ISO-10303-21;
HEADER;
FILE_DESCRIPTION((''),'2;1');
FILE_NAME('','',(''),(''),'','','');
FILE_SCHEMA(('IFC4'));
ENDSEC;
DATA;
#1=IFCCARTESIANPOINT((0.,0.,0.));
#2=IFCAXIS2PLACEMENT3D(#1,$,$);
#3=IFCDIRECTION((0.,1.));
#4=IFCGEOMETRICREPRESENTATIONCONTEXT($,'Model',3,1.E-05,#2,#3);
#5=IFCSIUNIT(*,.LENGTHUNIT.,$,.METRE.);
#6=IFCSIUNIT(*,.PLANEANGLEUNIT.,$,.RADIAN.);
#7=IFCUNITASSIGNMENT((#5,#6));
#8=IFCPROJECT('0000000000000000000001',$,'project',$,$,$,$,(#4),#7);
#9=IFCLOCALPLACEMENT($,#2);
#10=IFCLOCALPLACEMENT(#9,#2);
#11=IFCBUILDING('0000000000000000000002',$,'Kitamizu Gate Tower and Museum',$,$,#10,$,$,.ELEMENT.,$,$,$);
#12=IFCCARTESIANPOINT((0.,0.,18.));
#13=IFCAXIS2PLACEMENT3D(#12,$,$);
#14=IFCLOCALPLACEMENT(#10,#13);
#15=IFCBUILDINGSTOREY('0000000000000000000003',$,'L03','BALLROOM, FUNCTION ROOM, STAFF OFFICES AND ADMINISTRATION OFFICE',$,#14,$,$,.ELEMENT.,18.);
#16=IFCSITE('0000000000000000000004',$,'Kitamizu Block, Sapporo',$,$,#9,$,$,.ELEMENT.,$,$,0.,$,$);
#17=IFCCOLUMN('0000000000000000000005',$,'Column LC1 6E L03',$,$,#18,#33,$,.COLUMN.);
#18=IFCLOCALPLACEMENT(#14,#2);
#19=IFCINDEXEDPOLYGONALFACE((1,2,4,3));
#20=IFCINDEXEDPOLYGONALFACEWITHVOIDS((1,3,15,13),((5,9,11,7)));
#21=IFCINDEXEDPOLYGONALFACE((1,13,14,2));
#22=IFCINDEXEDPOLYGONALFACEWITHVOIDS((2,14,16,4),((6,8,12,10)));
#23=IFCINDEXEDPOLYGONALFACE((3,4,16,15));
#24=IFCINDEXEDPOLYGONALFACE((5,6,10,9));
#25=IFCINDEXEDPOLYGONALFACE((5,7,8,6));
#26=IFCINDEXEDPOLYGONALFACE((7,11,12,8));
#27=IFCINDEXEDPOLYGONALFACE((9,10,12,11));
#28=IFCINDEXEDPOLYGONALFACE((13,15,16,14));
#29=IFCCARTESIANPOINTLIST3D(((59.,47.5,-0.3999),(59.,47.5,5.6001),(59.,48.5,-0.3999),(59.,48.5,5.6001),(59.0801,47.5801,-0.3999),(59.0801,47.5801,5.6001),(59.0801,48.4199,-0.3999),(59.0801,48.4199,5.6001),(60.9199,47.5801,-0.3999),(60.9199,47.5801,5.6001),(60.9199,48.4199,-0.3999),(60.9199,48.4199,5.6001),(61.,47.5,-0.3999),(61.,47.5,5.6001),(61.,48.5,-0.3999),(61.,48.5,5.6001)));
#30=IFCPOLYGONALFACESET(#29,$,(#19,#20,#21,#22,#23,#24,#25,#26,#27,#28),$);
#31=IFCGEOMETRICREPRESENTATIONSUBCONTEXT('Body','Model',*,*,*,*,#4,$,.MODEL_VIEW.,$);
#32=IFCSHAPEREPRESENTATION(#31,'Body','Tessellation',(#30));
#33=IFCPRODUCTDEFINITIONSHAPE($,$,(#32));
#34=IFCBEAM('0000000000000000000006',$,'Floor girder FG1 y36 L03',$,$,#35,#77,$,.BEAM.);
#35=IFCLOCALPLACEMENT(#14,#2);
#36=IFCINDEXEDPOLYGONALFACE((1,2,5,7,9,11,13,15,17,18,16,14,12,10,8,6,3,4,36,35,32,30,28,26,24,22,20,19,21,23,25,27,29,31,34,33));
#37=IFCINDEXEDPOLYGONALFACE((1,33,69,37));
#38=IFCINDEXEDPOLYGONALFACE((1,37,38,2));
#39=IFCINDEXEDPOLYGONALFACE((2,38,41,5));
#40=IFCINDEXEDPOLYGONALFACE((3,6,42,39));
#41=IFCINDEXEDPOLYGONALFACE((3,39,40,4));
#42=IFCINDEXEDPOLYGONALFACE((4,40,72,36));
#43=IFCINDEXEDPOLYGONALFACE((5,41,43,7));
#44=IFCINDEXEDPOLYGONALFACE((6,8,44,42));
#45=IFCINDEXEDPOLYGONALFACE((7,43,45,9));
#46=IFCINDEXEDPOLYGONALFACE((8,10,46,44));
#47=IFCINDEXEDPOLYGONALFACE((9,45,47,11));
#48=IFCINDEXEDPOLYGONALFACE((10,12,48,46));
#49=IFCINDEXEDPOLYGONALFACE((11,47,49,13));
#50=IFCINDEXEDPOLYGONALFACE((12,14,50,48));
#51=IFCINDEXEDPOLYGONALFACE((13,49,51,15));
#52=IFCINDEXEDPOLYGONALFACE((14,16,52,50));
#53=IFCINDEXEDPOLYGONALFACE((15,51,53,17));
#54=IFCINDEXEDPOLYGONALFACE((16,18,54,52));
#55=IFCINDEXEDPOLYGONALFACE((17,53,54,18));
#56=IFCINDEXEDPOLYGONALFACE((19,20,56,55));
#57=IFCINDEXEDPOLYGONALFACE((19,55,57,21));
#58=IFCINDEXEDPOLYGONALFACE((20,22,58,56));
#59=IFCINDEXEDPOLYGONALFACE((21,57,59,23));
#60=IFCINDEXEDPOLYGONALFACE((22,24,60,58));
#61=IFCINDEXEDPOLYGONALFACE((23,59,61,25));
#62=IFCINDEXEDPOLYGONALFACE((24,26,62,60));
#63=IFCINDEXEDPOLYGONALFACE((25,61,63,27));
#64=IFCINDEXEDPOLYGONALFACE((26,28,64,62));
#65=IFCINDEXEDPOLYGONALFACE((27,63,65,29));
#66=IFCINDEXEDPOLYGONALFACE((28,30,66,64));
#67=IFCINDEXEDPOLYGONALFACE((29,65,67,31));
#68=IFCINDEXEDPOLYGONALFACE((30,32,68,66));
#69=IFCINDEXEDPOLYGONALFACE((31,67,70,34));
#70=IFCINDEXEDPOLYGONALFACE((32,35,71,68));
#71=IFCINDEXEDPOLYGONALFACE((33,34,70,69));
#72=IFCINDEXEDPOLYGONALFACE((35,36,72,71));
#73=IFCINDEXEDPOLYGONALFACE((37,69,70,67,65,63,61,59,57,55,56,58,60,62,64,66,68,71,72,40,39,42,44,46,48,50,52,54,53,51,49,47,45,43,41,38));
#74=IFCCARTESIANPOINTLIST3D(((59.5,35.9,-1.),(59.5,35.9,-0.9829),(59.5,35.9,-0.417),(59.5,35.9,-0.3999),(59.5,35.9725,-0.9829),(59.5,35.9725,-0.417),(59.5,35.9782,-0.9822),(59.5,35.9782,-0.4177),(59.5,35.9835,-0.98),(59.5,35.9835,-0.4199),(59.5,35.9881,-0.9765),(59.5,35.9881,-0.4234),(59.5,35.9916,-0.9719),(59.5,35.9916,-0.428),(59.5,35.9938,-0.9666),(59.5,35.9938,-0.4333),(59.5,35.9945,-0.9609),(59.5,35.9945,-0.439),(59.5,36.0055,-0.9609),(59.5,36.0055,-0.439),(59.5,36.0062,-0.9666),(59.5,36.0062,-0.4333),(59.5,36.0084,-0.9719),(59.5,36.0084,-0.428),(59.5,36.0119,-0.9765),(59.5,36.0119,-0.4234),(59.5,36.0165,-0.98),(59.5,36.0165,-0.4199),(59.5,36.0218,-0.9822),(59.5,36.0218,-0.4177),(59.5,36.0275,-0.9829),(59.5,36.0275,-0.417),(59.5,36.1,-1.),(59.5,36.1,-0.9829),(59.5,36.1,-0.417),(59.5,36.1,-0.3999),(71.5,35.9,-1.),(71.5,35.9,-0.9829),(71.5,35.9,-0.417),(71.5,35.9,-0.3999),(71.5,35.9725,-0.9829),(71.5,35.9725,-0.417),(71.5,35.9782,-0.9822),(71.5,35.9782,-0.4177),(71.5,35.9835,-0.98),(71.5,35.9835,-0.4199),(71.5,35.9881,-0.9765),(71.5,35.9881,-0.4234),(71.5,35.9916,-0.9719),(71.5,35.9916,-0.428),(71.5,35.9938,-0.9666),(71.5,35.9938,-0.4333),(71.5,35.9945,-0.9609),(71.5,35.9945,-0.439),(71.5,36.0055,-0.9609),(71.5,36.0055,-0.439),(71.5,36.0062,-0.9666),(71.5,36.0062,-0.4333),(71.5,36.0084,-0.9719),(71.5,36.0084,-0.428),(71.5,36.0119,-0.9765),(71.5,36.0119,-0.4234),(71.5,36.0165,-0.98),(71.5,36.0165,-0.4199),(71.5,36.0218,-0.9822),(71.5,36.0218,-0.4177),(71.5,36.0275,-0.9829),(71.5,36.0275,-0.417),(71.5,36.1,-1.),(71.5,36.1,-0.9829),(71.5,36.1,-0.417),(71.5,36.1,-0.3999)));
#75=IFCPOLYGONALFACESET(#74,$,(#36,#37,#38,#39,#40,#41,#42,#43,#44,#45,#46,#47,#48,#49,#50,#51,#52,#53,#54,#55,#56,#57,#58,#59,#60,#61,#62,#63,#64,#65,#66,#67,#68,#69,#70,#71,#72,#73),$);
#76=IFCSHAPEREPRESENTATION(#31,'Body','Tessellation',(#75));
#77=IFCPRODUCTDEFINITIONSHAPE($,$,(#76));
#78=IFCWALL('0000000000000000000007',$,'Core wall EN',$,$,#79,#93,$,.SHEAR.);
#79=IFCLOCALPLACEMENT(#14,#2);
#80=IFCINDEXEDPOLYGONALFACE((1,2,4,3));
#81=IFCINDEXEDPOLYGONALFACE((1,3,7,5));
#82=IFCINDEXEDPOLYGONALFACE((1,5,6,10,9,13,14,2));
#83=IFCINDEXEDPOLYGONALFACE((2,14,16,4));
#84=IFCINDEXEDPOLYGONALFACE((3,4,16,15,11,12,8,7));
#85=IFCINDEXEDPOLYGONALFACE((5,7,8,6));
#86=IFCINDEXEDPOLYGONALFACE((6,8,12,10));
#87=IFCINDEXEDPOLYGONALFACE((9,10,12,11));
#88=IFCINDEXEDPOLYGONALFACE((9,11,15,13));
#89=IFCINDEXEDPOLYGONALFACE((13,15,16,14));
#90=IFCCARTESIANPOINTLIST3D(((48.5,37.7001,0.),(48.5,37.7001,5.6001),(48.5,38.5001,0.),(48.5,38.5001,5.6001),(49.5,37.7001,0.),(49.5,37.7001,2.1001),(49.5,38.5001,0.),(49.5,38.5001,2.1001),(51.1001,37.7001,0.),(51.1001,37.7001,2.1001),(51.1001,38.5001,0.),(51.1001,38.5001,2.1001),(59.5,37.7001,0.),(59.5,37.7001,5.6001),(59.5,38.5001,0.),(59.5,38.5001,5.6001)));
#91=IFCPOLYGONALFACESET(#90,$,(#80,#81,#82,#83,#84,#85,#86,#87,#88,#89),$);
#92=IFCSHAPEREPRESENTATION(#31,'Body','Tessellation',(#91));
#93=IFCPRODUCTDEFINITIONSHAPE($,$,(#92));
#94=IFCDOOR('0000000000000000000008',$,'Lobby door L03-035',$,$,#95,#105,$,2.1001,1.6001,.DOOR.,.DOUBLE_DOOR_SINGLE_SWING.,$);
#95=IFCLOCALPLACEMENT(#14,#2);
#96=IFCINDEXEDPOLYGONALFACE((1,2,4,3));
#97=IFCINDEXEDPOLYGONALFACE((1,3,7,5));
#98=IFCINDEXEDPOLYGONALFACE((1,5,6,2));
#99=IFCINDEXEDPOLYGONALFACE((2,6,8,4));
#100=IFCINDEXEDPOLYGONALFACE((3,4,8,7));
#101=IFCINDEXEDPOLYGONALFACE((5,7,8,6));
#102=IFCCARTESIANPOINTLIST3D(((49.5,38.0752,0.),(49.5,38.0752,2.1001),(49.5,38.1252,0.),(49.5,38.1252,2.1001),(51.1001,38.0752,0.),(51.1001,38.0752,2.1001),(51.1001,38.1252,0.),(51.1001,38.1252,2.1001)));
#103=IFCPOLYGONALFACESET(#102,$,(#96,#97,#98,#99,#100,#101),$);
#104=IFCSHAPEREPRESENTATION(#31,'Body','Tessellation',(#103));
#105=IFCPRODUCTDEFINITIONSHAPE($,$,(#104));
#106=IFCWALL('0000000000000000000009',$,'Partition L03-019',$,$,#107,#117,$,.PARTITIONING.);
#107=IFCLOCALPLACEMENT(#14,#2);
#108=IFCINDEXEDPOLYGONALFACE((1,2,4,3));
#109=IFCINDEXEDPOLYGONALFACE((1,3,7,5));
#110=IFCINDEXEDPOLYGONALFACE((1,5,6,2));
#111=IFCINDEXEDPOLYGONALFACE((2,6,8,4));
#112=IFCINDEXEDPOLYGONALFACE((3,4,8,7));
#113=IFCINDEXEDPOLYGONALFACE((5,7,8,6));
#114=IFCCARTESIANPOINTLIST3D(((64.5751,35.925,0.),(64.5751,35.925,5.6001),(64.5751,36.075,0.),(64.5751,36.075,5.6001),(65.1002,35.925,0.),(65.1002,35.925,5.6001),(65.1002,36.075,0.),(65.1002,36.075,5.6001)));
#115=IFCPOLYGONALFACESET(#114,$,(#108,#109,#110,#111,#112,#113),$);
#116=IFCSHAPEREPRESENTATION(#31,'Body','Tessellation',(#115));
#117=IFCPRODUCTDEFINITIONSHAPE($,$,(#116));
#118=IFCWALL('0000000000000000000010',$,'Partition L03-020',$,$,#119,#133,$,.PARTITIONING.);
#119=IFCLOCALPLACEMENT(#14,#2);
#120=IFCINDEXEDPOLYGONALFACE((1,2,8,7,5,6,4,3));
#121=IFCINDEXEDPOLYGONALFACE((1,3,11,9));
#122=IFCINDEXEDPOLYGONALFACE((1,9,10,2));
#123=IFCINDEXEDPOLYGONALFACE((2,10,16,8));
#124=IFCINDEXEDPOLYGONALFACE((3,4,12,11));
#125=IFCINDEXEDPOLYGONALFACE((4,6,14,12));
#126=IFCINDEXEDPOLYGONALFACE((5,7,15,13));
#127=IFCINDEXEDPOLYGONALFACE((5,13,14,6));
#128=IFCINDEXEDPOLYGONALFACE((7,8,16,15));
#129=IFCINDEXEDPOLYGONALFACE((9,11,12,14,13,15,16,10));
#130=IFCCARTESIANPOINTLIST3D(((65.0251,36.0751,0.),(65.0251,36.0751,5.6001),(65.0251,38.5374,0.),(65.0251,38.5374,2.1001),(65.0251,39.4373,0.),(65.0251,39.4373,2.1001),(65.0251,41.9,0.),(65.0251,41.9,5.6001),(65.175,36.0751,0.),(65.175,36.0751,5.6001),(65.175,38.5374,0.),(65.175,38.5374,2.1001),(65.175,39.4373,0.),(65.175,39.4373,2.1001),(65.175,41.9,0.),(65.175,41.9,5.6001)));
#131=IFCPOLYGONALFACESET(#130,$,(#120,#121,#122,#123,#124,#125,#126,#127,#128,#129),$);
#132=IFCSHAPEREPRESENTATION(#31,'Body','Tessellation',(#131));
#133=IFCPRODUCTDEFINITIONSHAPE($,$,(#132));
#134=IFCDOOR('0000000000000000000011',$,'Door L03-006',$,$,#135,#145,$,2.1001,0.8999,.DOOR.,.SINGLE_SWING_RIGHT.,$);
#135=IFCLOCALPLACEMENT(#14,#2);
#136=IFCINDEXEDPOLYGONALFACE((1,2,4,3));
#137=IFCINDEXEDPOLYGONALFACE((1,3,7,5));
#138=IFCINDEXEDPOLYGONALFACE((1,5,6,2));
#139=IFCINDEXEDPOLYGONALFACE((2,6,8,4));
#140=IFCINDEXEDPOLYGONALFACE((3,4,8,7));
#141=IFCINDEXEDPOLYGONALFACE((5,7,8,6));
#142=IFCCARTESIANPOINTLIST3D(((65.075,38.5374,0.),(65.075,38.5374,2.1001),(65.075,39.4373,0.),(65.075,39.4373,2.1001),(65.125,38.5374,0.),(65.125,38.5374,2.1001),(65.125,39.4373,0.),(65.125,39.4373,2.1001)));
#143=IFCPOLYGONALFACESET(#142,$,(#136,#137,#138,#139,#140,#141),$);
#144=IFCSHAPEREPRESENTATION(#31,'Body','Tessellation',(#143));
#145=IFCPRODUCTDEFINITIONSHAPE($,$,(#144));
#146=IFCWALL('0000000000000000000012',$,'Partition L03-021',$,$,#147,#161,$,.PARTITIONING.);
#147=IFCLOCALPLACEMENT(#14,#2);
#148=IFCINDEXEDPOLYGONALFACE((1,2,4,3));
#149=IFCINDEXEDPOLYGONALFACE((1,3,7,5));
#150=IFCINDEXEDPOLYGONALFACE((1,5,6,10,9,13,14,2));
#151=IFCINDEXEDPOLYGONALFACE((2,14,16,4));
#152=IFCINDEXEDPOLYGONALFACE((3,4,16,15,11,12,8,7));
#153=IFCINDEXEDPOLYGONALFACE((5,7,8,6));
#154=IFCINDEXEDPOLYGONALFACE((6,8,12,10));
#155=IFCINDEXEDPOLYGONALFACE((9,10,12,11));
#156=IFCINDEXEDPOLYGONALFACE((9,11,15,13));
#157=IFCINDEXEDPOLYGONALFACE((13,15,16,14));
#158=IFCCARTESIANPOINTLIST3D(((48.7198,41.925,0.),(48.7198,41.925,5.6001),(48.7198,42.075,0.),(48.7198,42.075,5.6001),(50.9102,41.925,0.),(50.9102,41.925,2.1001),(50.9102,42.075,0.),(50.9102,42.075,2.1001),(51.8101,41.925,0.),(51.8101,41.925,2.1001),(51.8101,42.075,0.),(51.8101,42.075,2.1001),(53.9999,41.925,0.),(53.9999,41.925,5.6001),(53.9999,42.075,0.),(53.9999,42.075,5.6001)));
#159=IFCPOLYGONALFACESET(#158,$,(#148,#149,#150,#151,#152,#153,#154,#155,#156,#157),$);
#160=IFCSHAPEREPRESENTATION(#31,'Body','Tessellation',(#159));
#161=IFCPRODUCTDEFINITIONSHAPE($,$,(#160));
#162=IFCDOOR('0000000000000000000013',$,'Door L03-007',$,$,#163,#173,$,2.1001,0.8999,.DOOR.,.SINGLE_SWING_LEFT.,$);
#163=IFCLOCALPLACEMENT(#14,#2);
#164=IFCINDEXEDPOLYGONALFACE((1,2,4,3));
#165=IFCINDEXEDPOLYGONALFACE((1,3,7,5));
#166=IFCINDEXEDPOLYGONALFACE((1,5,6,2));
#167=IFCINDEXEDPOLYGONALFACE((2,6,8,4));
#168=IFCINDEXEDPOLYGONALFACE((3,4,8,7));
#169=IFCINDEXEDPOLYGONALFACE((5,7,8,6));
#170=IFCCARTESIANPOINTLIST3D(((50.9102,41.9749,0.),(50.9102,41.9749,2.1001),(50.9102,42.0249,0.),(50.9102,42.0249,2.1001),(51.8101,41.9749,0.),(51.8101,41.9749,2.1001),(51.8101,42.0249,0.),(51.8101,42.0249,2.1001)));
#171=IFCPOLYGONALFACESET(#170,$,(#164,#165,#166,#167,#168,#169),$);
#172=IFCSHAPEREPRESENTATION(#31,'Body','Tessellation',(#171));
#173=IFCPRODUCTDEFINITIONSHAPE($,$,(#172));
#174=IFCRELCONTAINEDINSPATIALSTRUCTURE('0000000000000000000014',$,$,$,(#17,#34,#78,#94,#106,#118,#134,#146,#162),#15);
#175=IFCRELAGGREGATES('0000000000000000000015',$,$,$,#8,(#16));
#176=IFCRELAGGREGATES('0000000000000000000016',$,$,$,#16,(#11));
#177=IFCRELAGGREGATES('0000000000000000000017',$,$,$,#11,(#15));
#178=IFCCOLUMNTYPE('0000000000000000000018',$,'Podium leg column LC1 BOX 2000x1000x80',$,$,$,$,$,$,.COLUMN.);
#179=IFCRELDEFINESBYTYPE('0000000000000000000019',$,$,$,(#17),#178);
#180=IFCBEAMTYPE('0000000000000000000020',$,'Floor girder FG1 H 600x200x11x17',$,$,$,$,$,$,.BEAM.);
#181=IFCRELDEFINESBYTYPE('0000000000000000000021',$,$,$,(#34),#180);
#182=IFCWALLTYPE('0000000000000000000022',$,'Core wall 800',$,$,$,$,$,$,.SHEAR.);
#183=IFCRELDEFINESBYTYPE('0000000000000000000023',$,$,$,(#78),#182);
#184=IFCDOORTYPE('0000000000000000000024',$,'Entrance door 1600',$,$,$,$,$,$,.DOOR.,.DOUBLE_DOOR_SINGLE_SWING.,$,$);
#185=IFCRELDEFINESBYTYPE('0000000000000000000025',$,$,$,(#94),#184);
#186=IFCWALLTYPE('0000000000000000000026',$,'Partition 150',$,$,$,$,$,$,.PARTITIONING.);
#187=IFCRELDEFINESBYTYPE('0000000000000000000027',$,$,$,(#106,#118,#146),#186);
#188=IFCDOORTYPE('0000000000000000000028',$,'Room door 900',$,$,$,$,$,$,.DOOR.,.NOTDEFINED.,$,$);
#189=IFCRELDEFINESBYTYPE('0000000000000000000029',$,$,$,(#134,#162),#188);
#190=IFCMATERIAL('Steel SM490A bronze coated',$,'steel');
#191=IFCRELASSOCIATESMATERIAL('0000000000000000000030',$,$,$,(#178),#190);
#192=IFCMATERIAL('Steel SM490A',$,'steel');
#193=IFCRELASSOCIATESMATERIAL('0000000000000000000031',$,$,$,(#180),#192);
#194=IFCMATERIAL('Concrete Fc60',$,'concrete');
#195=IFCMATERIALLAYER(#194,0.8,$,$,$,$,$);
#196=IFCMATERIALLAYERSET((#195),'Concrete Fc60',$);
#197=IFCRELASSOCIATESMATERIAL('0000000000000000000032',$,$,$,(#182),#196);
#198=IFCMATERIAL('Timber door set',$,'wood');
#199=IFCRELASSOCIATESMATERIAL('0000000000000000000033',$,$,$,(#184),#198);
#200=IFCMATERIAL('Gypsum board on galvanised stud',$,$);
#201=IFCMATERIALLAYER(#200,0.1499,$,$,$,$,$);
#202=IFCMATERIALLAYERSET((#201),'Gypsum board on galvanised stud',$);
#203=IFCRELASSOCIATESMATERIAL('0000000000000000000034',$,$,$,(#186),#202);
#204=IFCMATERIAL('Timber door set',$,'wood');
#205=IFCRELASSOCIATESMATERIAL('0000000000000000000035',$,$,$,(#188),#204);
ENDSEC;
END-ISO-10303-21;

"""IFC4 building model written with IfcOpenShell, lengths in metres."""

from ifc_helpers import new_model, si_unit, direction, frame, frame_2d, origin, origin_2d, place, context, subcontext, project, spatial, rectangle, hollow_rectangle, i_section, extrude, material, layer, layer_set, material_profile, profile_set, type_object, element, fill, save


model = new_model("IFC4")

# Units and contexts
model_context = context("Model", 3, precision=1e-05, world=origin(), true_north=direction((0.0, 1.0)))
body_context = subcontext(model_context, "Body", "Model", "MODEL_VIEW")
ifc_project = project(units=[si_unit("LENGTHUNIT", "METRE"), si_unit("PLANEANGLEUNIT", "RADIAN")], contexts=[model_context])

# Site, building, storey
site_placement = place(None, origin())
site = spatial("IfcSite", under=ifc_project, at=site_placement, Name="Kitamizu Block, Sapporo", CompositionType="ELEMENT", RefElevation=0.0)
building_placement = place(site_placement, origin())
building = spatial("IfcBuilding", under=site, at=building_placement, Name="Kitamizu Gate Tower and Museum", CompositionType="ELEMENT")
storey_placement = place(building_placement, frame((0.0, 0.0, 18.0)))
storey = spatial("IfcBuildingStorey", under=building, at=storey_placement, Name="L03", Description="BALLROOM, FUNCTION ROOM, STAFF OFFICES AND ADMINISTRATION OFFICE", CompositionType="ELEMENT", Elevation=18.0)

# Column
ifc_material_1 = material(Name="Steel SM490A bronze coated", Category="steel")
ifc_material_profile_1 = material_profile(ifc_material_1, hollow_rectangle(XDim=2.0, YDim=1.0, WallThickness=0.0801, at=origin_2d()), Name="BOX 2000x1000x80")
ifc_profile_set_1 = profile_set([ifc_material_profile_1], Name="Steel SM490A bronze coated")
column_type = type_object("IfcColumnType", Name="Podium leg column LC1 BOX 2000x1000x80", PredefinedType="COLUMN", material=ifc_profile_set_1)
column_placement = place(storey_placement, frame((60.0, 48.0, -0.3999), z_axis=(0.0, 0.0, 1.0), x_axis=(1.0, 0.0, 0.0)))
element("IfcColumn", 1, at=column_placement, inside=storey, type_object=column_type, Name="Column LC1 6E L03", PredefinedType="COLUMN", context=body_context, shape_type="SweptSolid", body=[
    extrude(hollow_rectangle(XDim=2.0, YDim=1.0, WallThickness=0.0801, at=origin_2d()), origin(), (0.0, 0.0, 1.0), 6.0),
])

# Beam
ifc_material_2 = material(Name="Steel SM490A", Category="steel")
ifc_material_profile_2 = material_profile(ifc_material_2, i_section(OverallWidth=0.2, OverallDepth=0.6001, WebThickness=0.011, FlangeThickness=0.0171, FilletRadius=0.022, at=origin_2d()), Name="H-600x200x11x17")
ifc_profile_set_2 = profile_set([ifc_material_profile_2], Name="Steel SM490A")
beam_type = type_object("IfcBeamType", Name="Floor girder FG1 H 600x200x11x17", PredefinedType="BEAM", material=ifc_profile_set_2)
beam_placement = place(storey_placement, frame((59.5, 36.0, -0.7), z_axis=(1.0, 0.0, 0.0), x_axis=(0.0, 1.0, 0.0)))
element("IfcBeam", 2, at=beam_placement, inside=storey, type_object=beam_type, Name="Floor girder FG1 y36 L03", PredefinedType="BEAM", context=body_context, shape_type="SweptSolid", body=[
    extrude(i_section(OverallWidth=0.2, OverallDepth=0.6001, WebThickness=0.011, FlangeThickness=0.0171, FilletRadius=0.022, at=origin_2d()), origin(), (0.0, 0.0, 1.0), 12.0),
])

# Wall, opening, door
ifc_material_3 = material(Name="Concrete Fc60", Category="concrete")
ifc_layer_1 = layer(ifc_material_3, 0.8)
ifc_layer_set_1 = layer_set([ifc_layer_1], Name="Concrete Fc60")
wall_type_1 = type_object("IfcWallType", Name="Core wall 800", PredefinedType="SHEAR", material=ifc_layer_set_1)
wall_1_placement = place(storey_placement, frame((59.5, 38.1001, 0.0), z_axis=(0.0, 0.0, 1.0), x_axis=(-1.0, 0.0, 0.0)))
wall_1 = element("IfcWall", 3, at=wall_1_placement, inside=storey, type_object=wall_type_1, Name="Core wall EN", PredefinedType="SHEAR", context=body_context, shape_type="SweptSolid", body=[
    extrude(rectangle(XDim=11.0, YDim=0.8, at=frame_2d((5.5, 0.0))), origin(), (0.0, 0.0, 1.0), 5.6001),
])
opening_1_placement = place(wall_1_placement, frame((8.3999, 0.0, 0.0)))
opening_1 = element("IfcOpeningElement", 4, at=opening_1_placement, cuts=wall_1, PredefinedType="OPENING", context=body_context, shape_type="SweptSolid", body=[
    extrude(rectangle(XDim=1.6001, YDim=2.1001, at=frame_2d((0.8, 1.05))), frame((0.0, 0.4102, 0.0), z_axis=(0.0, -1.0, 0.0), x_axis=(1.0, 0.0, 0.0)), (0.0, 0.0, 1.0), 0.8201),
])
ifc_material_4 = material(Name="Timber door set", Category="wood")
door_type_1 = type_object("IfcDoorType", Name="Entrance door 1600", OperationType="DOUBLE_DOOR_SINGLE_SWING", PredefinedType="DOOR", material=ifc_material_4)
door_1_placement = place(opening_1_placement, origin())
door_1 = element("IfcDoor", 5, at=door_1_placement, inside=storey, type_object=door_type_1, Name="Lobby door L03-035", OperationType="DOUBLE_DOOR_SINGLE_SWING", OverallHeight=2.1001, OverallWidth=1.6001, PredefinedType="DOOR", context=body_context, shape_type="SweptSolid", body=[
    extrude(rectangle(XDim=1.6001, YDim=2.1001, at=frame_2d((0.8, 1.05))), frame((0.0, 0.0249, 0.0), z_axis=(0.0, -1.0, 0.0), x_axis=(1.0, 0.0, 0.0)), (0.0, 0.0, 1.0), 0.05),
])
fill(opening_1, door_1)

# Wall
ifc_material_5 = material(Name="Gypsum board on galvanised stud")
ifc_layer_2 = layer(ifc_material_5, 0.1499)
ifc_layer_set_2 = layer_set([ifc_layer_2], Name="Gypsum board on galvanised stud")
wall_type_2 = type_object("IfcWallType", Name="Partition 150", PredefinedType="PARTITIONING", material=ifc_layer_set_2)
wall_2_placement = place(storey_placement, frame((64.575, 36.0, 0.0), z_axis=(0.0, 0.0, 1.0), x_axis=(1.0, 0.0, 0.0)))
element("IfcWall", 6, at=wall_2_placement, inside=storey, type_object=wall_type_2, Name="Partition L03-019", PredefinedType="PARTITIONING", context=body_context, shape_type="SweptSolid", body=[
    extrude(rectangle(XDim=0.5251, YDim=0.1499, at=frame_2d((0.2627, 0.0))), origin(), (0.0, 0.0, 1.0), 5.6001),
])

# Walls, openings, doors
wall_3_placement = place(storey_placement, frame((65.1001, 36.075, 0.0), z_axis=(0.0, 0.0, 1.0), x_axis=(0.0, 1.0, 0.0)))
wall_3 = element("IfcWall", 7, at=wall_3_placement, inside=storey, type_object=wall_type_2, Name="Partition L03-020", PredefinedType="PARTITIONING", context=body_context, shape_type="SweptSolid", body=[
    extrude(rectangle(XDim=5.825, YDim=0.1499, at=frame_2d((2.9126, 0.0))), origin(), (0.0, 0.0, 1.0), 5.6001),
])
opening_2_placement = place(wall_3_placement, frame((2.4624, 0.0, 0.0)))
opening_2 = element("IfcOpeningElement", 8, at=opening_2_placement, cuts=wall_3, PredefinedType="OPENING", context=body_context, shape_type="SweptSolid", body=[
    extrude(rectangle(XDim=0.8999, YDim=2.1001, at=frame_2d((0.45, 1.05))), frame((0.0, 0.085, 0.0), z_axis=(0.0, -1.0, 0.0), x_axis=(1.0, 0.0, 0.0)), (0.0, 0.0, 1.0), 0.1699),
])
ifc_material_6 = material(Name="Timber door set", Category="wood")
door_type_2 = type_object("IfcDoorType", Name="Room door 900", OperationType="NOTDEFINED", PredefinedType="DOOR", material=ifc_material_6)
door_2_placement = place(opening_2_placement, frame((0.8999, 0.0, 0.0), x_axis=(-1.0, 0.0, 0.0)))
door_2 = element("IfcDoor", 9, at=door_2_placement, inside=storey, type_object=door_type_2, Name="Door L03-006", OperationType="SINGLE_SWING_RIGHT", OverallHeight=2.1001, OverallWidth=0.8999, PredefinedType="DOOR", context=body_context, shape_type="SweptSolid", body=[
    extrude(rectangle(XDim=0.8999, YDim=2.1001, at=frame_2d((0.45, 1.05))), frame((0.0, 0.0249, 0.0), z_axis=(0.0, -1.0, 0.0), x_axis=(1.0, 0.0, 0.0)), (0.0, 0.0, 1.0), 0.05),
])
fill(opening_2, door_2)
wall_4_placement = place(storey_placement, frame((54.0, 42.0, 0.0), z_axis=(0.0, 0.0, 1.0), x_axis=(-1.0, 0.0, 0.0)))
wall_4 = element("IfcWall", 10, at=wall_4_placement, inside=storey, type_object=wall_type_2, Name="Partition L03-021", PredefinedType="PARTITIONING", context=body_context, shape_type="SweptSolid", body=[
    extrude(rectangle(XDim=5.28, YDim=0.1499, at=frame_2d((2.6401, 0.0))), origin(), (0.0, 0.0, 1.0), 5.6001),
])
opening_3_placement = place(wall_4_placement, frame((2.1899, 0.0, 0.0)))
opening_3 = element("IfcOpeningElement", 11, at=opening_3_placement, cuts=wall_4, PredefinedType="OPENING", context=body_context, shape_type="SweptSolid", body=[
    extrude(rectangle(XDim=0.8999, YDim=2.1001, at=frame_2d((0.45, 1.05))), frame((0.0, 0.085, 0.0), z_axis=(0.0, -1.0, 0.0), x_axis=(1.0, 0.0, 0.0)), (0.0, 0.0, 1.0), 0.1699),
])
door_3_placement = place(opening_3_placement, frame((0.8999, 0.0, 0.0), x_axis=(-1.0, 0.0, 0.0)))
door_3 = element("IfcDoor", 12, at=door_3_placement, inside=storey, type_object=door_type_2, Name="Door L03-007", OperationType="SINGLE_SWING_LEFT", OverallHeight=2.1001, OverallWidth=0.8999, PredefinedType="DOOR", context=body_context, shape_type="SweptSolid", body=[
    extrude(rectangle(XDim=0.8999, YDim=2.1001, at=frame_2d((0.45, 1.05))), frame((0.0, 0.0249, 0.0), z_axis=(0.0, -1.0, 0.0), x_axis=(1.0, 0.0, 0.0)), (0.0, 0.0, 1.0), 0.05),
])
fill(opening_3, door_3)

save(model, "model.ifc")
